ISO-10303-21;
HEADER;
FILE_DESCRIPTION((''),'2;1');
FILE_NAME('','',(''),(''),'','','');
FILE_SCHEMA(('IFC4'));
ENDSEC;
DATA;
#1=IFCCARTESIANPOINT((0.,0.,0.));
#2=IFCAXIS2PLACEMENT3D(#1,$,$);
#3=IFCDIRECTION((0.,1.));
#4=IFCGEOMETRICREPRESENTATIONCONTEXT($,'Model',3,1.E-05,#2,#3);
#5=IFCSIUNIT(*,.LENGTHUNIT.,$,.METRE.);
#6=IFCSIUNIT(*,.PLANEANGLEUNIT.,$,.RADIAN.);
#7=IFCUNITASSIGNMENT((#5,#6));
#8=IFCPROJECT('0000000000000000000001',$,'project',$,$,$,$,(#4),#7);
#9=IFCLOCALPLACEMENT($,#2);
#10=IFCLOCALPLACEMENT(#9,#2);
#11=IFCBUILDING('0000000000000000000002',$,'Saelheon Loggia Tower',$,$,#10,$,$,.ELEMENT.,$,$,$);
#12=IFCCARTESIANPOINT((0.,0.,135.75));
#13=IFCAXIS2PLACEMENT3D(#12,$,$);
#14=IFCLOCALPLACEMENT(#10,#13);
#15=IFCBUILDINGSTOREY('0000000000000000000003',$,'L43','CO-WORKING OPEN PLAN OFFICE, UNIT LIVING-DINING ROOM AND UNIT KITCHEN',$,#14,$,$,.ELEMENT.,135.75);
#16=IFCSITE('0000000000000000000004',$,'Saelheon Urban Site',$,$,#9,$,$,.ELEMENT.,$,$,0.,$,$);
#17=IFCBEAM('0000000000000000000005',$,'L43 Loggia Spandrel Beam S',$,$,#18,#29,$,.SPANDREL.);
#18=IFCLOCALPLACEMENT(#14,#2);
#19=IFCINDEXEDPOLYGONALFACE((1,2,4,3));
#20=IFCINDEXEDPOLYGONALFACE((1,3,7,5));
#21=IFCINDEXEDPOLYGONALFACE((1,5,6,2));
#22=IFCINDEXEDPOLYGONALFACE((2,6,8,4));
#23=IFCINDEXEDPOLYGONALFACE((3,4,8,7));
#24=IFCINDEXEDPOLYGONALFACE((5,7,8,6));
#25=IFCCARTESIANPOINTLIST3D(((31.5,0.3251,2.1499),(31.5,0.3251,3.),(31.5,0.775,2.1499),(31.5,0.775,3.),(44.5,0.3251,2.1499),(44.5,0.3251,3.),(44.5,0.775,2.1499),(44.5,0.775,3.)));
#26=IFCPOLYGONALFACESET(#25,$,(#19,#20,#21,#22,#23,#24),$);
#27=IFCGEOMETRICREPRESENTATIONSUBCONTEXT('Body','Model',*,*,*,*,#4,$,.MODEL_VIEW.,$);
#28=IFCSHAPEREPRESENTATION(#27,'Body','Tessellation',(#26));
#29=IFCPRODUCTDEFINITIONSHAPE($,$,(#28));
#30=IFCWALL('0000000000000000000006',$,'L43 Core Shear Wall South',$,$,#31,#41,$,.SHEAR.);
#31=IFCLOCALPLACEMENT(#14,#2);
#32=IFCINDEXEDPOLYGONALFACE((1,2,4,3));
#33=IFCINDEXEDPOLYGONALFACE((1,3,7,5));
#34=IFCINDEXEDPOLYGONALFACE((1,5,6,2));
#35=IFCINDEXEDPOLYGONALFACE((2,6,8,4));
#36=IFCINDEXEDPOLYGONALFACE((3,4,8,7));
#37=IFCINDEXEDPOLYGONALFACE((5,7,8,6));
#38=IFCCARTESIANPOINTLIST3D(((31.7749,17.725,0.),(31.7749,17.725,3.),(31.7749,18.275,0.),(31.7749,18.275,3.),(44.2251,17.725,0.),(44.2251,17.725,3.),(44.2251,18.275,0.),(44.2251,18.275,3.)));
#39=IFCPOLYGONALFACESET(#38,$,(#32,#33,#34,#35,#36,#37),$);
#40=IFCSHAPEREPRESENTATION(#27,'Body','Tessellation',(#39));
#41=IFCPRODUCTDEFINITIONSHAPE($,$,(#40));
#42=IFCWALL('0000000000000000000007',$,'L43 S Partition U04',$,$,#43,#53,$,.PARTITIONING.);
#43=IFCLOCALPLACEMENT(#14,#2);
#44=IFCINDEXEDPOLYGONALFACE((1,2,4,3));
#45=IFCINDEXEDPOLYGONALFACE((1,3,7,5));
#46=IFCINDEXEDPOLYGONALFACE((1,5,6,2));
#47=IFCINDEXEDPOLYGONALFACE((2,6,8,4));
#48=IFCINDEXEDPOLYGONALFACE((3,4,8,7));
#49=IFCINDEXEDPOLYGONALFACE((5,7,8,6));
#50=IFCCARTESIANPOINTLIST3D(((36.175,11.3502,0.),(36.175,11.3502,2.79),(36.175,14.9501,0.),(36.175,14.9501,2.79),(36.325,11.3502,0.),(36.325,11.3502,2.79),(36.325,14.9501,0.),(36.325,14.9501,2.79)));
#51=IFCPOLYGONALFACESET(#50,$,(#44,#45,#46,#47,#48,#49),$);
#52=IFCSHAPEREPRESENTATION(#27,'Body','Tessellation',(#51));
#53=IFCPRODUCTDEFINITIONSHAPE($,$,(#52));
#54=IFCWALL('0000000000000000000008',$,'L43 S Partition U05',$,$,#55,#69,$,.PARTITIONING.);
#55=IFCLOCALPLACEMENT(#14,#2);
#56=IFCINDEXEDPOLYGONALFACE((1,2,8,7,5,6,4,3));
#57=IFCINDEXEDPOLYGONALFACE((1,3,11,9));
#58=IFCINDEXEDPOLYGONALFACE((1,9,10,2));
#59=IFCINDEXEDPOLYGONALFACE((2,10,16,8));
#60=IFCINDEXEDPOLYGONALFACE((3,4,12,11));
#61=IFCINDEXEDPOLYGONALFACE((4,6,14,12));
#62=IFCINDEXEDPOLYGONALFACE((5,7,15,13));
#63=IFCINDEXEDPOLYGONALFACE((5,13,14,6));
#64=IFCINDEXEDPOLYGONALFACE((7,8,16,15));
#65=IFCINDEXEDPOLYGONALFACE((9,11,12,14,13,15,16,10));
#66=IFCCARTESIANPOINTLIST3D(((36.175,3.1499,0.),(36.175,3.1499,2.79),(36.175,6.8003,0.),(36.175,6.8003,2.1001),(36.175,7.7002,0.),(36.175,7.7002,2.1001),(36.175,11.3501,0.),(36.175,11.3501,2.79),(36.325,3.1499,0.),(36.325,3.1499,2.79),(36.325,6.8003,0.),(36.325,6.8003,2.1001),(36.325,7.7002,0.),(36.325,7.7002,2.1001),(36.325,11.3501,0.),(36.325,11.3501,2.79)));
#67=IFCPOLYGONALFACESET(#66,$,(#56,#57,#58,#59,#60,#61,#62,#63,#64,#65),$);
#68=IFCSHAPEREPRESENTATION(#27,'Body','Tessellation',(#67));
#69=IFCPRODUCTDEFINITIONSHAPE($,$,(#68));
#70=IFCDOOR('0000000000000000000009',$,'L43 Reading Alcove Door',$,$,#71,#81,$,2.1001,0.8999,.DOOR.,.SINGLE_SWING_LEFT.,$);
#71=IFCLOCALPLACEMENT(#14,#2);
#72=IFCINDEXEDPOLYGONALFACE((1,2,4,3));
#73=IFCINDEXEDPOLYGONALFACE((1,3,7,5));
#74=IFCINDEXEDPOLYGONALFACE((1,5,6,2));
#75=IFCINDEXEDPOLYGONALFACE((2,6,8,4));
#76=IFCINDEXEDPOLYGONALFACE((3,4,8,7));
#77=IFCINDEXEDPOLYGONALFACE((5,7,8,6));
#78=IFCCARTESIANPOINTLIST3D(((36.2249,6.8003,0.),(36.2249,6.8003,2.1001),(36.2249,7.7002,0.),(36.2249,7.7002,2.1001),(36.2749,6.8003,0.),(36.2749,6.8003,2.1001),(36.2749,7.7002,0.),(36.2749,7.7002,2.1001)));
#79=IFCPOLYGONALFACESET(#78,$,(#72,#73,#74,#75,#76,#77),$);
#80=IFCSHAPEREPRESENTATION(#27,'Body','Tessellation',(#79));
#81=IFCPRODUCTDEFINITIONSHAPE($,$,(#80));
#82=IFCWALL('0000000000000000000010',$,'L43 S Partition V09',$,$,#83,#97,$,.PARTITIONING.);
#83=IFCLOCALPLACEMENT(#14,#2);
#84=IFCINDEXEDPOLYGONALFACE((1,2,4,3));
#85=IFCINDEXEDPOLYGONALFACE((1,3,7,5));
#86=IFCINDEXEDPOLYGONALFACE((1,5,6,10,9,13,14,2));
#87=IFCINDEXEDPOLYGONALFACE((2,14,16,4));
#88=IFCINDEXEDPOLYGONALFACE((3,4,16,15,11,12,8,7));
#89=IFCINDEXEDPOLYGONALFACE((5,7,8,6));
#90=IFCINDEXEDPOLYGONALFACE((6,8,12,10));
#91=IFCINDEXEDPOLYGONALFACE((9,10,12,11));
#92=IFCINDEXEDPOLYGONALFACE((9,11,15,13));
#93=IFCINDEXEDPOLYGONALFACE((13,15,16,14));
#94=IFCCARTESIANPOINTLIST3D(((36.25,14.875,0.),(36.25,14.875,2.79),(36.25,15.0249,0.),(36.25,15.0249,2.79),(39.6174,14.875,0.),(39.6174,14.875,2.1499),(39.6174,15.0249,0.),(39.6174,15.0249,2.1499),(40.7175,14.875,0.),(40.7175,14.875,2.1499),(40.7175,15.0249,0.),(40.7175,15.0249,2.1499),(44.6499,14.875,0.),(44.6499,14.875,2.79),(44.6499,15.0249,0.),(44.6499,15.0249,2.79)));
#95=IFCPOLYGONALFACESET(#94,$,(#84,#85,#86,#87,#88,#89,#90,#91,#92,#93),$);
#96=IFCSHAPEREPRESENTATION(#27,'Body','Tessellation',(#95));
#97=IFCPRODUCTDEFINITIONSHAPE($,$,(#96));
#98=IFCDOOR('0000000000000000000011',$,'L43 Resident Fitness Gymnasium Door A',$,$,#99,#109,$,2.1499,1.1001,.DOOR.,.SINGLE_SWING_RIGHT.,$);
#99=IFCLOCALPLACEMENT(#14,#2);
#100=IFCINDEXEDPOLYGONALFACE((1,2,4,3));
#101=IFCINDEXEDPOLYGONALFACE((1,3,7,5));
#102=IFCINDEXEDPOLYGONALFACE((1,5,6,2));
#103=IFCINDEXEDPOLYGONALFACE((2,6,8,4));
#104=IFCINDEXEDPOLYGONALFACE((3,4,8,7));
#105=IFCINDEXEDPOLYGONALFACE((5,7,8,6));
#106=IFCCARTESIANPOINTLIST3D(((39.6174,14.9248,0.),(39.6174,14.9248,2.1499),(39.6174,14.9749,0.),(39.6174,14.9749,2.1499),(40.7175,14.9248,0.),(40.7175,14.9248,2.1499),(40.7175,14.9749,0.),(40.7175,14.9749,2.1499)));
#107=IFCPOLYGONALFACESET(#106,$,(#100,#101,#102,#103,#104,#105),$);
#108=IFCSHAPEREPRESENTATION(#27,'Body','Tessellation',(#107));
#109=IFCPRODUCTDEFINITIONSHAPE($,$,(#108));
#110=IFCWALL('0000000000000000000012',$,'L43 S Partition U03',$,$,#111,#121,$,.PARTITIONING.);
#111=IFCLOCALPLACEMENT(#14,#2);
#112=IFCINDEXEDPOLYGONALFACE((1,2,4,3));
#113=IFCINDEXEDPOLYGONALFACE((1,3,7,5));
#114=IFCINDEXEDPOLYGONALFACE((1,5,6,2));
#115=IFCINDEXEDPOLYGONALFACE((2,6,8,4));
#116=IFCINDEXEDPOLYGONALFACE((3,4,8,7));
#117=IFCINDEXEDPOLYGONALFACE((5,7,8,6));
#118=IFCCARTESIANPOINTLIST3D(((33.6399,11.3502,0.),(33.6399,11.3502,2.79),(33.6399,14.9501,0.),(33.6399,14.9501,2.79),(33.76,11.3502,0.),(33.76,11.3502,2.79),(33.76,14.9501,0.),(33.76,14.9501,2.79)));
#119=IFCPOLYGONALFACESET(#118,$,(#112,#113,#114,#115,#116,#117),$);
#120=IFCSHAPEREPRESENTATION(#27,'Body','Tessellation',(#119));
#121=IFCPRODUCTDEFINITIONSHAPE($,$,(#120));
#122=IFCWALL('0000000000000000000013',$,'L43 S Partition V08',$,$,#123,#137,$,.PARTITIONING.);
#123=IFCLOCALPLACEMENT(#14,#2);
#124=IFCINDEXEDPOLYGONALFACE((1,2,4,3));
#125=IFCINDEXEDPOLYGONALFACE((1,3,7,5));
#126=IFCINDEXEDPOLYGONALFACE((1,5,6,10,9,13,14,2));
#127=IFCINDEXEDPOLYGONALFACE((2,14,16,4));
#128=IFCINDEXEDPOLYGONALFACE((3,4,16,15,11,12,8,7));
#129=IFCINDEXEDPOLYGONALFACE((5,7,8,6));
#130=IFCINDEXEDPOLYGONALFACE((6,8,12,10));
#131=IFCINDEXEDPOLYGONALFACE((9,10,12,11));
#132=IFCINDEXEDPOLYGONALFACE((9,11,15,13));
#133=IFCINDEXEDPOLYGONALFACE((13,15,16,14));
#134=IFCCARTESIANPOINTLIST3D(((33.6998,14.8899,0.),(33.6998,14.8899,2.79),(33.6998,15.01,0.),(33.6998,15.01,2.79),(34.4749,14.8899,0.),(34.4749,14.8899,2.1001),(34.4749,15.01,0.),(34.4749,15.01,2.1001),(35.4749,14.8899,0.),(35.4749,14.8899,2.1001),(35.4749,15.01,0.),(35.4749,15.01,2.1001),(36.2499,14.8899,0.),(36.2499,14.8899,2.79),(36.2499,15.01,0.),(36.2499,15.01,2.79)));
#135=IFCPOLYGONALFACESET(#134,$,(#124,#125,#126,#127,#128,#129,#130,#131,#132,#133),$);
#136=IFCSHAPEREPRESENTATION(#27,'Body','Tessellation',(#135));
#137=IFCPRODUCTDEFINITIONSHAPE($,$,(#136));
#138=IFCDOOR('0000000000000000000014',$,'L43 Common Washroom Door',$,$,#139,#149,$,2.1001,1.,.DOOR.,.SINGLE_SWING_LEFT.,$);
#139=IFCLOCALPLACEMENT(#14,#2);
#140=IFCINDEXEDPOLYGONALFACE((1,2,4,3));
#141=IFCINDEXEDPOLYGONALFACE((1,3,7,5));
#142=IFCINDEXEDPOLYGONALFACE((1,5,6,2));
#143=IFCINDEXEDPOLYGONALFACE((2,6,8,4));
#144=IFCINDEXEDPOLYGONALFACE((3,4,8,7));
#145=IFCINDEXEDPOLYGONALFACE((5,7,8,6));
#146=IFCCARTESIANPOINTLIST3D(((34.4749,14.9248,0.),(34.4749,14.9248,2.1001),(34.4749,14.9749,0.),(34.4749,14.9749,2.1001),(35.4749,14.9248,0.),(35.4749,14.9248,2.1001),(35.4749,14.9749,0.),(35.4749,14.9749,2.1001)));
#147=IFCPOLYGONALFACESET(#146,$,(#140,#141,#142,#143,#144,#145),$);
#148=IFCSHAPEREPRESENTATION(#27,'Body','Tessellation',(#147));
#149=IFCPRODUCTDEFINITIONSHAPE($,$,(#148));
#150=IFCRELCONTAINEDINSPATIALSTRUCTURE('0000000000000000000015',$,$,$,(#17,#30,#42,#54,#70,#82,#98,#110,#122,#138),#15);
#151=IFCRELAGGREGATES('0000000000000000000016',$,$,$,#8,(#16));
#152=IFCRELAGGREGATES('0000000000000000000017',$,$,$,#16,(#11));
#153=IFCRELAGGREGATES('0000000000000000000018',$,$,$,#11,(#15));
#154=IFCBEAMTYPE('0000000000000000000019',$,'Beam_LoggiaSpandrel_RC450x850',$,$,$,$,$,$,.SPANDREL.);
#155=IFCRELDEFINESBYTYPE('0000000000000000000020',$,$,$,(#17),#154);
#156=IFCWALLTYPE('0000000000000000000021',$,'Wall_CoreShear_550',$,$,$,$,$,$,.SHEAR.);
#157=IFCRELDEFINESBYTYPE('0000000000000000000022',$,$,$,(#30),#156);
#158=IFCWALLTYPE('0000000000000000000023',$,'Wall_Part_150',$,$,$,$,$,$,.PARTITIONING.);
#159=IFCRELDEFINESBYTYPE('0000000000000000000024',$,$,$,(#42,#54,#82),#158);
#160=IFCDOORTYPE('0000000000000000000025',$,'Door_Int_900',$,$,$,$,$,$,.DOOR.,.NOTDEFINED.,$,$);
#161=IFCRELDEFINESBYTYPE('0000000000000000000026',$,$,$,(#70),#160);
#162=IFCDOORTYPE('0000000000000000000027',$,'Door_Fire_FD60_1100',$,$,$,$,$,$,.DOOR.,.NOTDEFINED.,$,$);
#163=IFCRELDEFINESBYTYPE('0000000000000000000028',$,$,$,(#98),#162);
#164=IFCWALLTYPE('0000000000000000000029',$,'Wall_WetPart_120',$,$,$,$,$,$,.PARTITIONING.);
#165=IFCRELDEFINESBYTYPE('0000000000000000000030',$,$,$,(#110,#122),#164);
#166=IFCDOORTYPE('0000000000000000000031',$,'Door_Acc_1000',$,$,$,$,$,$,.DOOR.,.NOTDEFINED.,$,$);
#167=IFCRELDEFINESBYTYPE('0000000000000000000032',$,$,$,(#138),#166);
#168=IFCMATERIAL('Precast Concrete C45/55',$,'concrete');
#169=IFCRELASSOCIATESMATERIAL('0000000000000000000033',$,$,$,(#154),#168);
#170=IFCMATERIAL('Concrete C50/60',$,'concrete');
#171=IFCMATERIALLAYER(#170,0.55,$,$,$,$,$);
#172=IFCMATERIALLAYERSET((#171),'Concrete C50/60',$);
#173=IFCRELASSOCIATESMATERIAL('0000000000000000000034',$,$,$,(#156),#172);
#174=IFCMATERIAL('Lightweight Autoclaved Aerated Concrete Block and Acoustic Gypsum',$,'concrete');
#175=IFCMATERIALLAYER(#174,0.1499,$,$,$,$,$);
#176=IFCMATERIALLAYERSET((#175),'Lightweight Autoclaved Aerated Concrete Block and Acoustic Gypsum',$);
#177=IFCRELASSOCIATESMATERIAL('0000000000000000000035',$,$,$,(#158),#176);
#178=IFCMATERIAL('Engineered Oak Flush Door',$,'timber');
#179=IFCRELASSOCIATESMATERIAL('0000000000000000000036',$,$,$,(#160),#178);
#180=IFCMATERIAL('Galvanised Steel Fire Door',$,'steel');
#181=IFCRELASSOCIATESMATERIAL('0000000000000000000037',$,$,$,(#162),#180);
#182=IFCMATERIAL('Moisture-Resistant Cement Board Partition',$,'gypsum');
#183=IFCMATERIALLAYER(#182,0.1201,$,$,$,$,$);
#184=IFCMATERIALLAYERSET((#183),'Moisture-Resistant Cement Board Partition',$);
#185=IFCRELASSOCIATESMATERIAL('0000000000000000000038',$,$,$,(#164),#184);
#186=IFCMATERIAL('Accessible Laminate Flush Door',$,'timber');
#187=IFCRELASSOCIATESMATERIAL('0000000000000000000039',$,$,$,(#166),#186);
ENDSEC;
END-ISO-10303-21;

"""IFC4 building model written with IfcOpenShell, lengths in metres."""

from ifc_helpers import new_model, si_unit, direction, frame, frame_2d, origin, origin_2d, place, context, subcontext, project, spatial, rectangle, extrude, source, transform, mapped, material, layer, layer_set, material_profile, profile_set, type_object, element, fill, save


model = new_model("IFC4")

# Units and contexts
model_context = context("Model", 3, precision=1e-05, world=origin(), true_north=direction((0.0, 1.0)))
body_context = subcontext(model_context, "Body", "Model", "MODEL_VIEW")
ifc_project = project(units=[si_unit("LENGTHUNIT", "METRE"), si_unit("PLANEANGLEUNIT", "RADIAN")], contexts=[model_context])

# Site, building, storey
site_placement = place(None, origin())
site = spatial("IfcSite", under=ifc_project, at=site_placement, Name="Saelheon Urban Site", CompositionType="ELEMENT", RefElevation=0.0)
building_placement = place(site_placement, origin())
building = spatial("IfcBuilding", under=site, at=building_placement, Name="Saelheon Loggia Tower", CompositionType="ELEMENT")
storey_placement = place(building_placement, frame((0.0, 0.0, 135.75)))
storey = spatial("IfcBuildingStorey", under=building, at=storey_placement, Name="L43", Description="CO-WORKING OPEN PLAN OFFICE, UNIT LIVING-DINING ROOM AND UNIT KITCHEN", CompositionType="ELEMENT", Elevation=135.75)

# Beam
ifc_material_1 = material(Name="Precast Concrete C45/55", Category="concrete")
ifc_material_profile = material_profile(ifc_material_1, rectangle(XDim=0.45, YDim=0.8501, at=origin_2d()), Name="RC-450x850")
ifc_profile_set = profile_set([ifc_material_profile], Name="Precast Concrete C45/55")
beam_type = type_object("IfcBeamType", Name="Beam_LoggiaSpandrel_RC450x850", PredefinedType="SPANDREL", material=ifc_profile_set)
shared_shape_1 = source(origin(), body_context, "Body", "SweptSolid", [
    extrude(rectangle(XDim=0.45, YDim=0.8501, at=origin_2d()), origin(), (0.0, 0.0, 1.0), 13.0),
])
beam_placement = place(storey_placement, frame((31.5, 0.55, 2.575), z_axis=(1.0, 0.0, 0.0), x_axis=(0.0, 1.0, 0.0)))
element("IfcBeam", 1, at=beam_placement, inside=storey, type_object=beam_type, Name="L43 Loggia Spandrel Beam S", PredefinedType="SPANDREL", context=body_context, shape_type="MappedRepresentation", body=[
    mapped(shared_shape_1, transform((0.0, 0.0, 0.0), scale=1.0)),
])

# Walls
ifc_material_2 = material(Name="Concrete C50/60", Category="concrete")
ifc_layer_1 = layer(ifc_material_2, 0.55)
ifc_layer_set_1 = layer_set([ifc_layer_1], Name="Concrete C50/60")
wall_type_1 = type_object("IfcWallType", Name="Wall_CoreShear_550", PredefinedType="SHEAR", material=ifc_layer_set_1)
wall_1_placement = place(storey_placement, frame((31.7749, 18.0, 0.0), z_axis=(0.0, 0.0, 1.0), x_axis=(1.0, 0.0, 0.0)))
element("IfcWall", 2, at=wall_1_placement, inside=storey, type_object=wall_type_1, Name="L43 Core Shear Wall South", PredefinedType="SHEAR", context=body_context, shape_type="SweptSolid", body=[
    extrude(rectangle(XDim=12.4502, YDim=0.55, at=frame_2d((6.2251, 0.0))), origin(), (0.0, 0.0, 1.0), 3.0),
])
ifc_material_3 = material(Name="Lightweight Autoclaved Aerated Concrete Block and Acoustic Gypsum", Category="concrete")
ifc_layer_2 = layer(ifc_material_3, 0.1499)
ifc_layer_set_2 = layer_set([ifc_layer_2], Name="Lightweight Autoclaved Aerated Concrete Block and Acoustic Gypsum")
wall_type_2 = type_object("IfcWallType", Name="Wall_Part_150", PredefinedType="PARTITIONING", material=ifc_layer_set_2)
wall_2_placement = place(storey_placement, frame((36.25, 14.95, 0.0), z_axis=(0.0, 0.0, 1.0), x_axis=(0.0, -1.0, 0.0)))
element("IfcWall", 3, at=wall_2_placement, inside=storey, type_object=wall_type_2, Name="L43 S Partition U04", PredefinedType="PARTITIONING", context=body_context, shape_type="SweptSolid", body=[
    extrude(rectangle(XDim=3.5999, YDim=0.1499, at=frame_2d((1.7998, 0.0))), origin(), (0.0, 0.0, 1.0), 2.79),
])

# Walls, openings, doors
wall_3_placement = place(storey_placement, frame((36.25, 11.3501, 0.0), z_axis=(0.0, 0.0, 1.0), x_axis=(0.0, -1.0, 0.0)))
wall_3 = element("IfcWall", 4, at=wall_3_placement, inside=storey, type_object=wall_type_2, Name="L43 S Partition U05", PredefinedType="PARTITIONING", context=body_context, shape_type="SweptSolid", body=[
    extrude(rectangle(XDim=8.2002, YDim=0.1499, at=frame_2d((4.1001, 0.0))), origin(), (0.0, 0.0, 1.0), 2.79),
])
opening_1_placement = place(wall_3_placement, frame((3.6499, 0.0, 0.0)))
opening_1 = element("IfcOpeningElement", 5, at=opening_1_placement, cuts=wall_3, PredefinedType="OPENING", context=body_context, shape_type="SweptSolid", body=[
    extrude(rectangle(XDim=0.8999, YDim=2.1001, at=frame_2d((0.45, 1.05))), frame((0.0, 0.0869, 0.0), z_axis=(0.0, -1.0, 0.0), x_axis=(1.0, 0.0, 0.0)), (0.0, 0.0, 1.0), 0.1738),
])
ifc_material_4 = material(Name="Engineered Oak Flush Door", Category="timber")
door_type_1 = type_object("IfcDoorType", Name="Door_Int_900", OperationType="NOTDEFINED", PredefinedType="DOOR", material=ifc_material_4)
shared_shape_2 = source(origin(), body_context, "Body", "SweptSolid", [
    extrude(rectangle(XDim=0.8999, YDim=2.1001, at=frame_2d((0.45, 1.05))), frame((0.0, 0.0249, 0.0), z_axis=(0.0, -1.0, 0.0), x_axis=(1.0, 0.0, 0.0)), (0.0, 0.0, 1.0), 0.05),
])
door_1_placement = place(opening_1_placement, origin())
door_1 = element("IfcDoor", 6, at=door_1_placement, inside=storey, type_object=door_type_1, Name="L43 Reading Alcove Door", OperationType="SINGLE_SWING_LEFT", OverallHeight=2.1001, OverallWidth=0.8999, PredefinedType="DOOR", context=body_context, shape_type="MappedRepresentation", body=[
    mapped(shared_shape_2, transform((0.0, 0.0, 0.0), scale=1.0)),
])
fill(opening_1, door_1)
wall_4_placement = place(storey_placement, frame((36.25, 14.95, 0.0), z_axis=(0.0, 0.0, 1.0), x_axis=(1.0, 0.0, 0.0)))
wall_4 = element("IfcWall", 7, at=wall_4_placement, inside=storey, type_object=wall_type_2, Name="L43 S Partition V09", PredefinedType="PARTITIONING", context=body_context, shape_type="SweptSolid", body=[
    extrude(rectangle(XDim=8.3999, YDim=0.1499, at=frame_2d((4.2, 0.0))), origin(), (0.0, 0.0, 1.0), 2.79),
])
opening_2_placement = place(wall_4_placement, frame((3.3674, 0.0, 0.0)))
opening_2 = element("IfcOpeningElement", 8, at=opening_2_placement, cuts=wall_4, PredefinedType="OPENING", context=body_context, shape_type="SweptSolid", body=[
    extrude(rectangle(XDim=1.1001, YDim=2.1499, at=frame_2d((0.55, 1.075))), frame((0.0, 0.0869, 0.0), z_axis=(0.0, -1.0, 0.0), x_axis=(1.0, 0.0, 0.0)), (0.0, 0.0, 1.0), 0.1738),
])
ifc_material_5 = material(Name="Galvanised Steel Fire Door", Category="steel")
door_type_2 = type_object("IfcDoorType", Name="Door_Fire_FD60_1100", OperationType="NOTDEFINED", PredefinedType="DOOR", material=ifc_material_5)
shared_shape_3 = source(origin(), body_context, "Body", "SweptSolid", [
    extrude(rectangle(XDim=1.1001, YDim=2.1499, at=frame_2d((0.55, 1.075))), frame((0.0, 0.0249, 0.0), z_axis=(0.0, -1.0, 0.0), x_axis=(1.0, 0.0, 0.0)), (0.0, 0.0, 1.0), 0.05),
])
door_2_placement = place(opening_2_placement, origin())
door_2 = element("IfcDoor", 9, at=door_2_placement, inside=storey, type_object=door_type_2, Name="L43 Resident Fitness Gymnasium Door A", OperationType="SINGLE_SWING_RIGHT", OverallHeight=2.1499, OverallWidth=1.1001, PredefinedType="DOOR", context=body_context, shape_type="MappedRepresentation", body=[
    mapped(shared_shape_3, transform((0.0, 0.0, 0.0), scale=1.0)),
])
fill(opening_2, door_2)

# Wall
ifc_material_6 = material(Name="Moisture-Resistant Cement Board Partition", Category="gypsum")
ifc_layer_3 = layer(ifc_material_6, 0.1201)
ifc_layer_set_3 = layer_set([ifc_layer_3], Name="Moisture-Resistant Cement Board Partition")
wall_type_3 = type_object("IfcWallType", Name="Wall_WetPart_120", PredefinedType="PARTITIONING", material=ifc_layer_set_3)
wall_5_placement = place(storey_placement, frame((33.7, 14.95, 0.0), z_axis=(0.0, 0.0, 1.0), x_axis=(0.0, -1.0, 0.0)))
element("IfcWall", 10, at=wall_5_placement, inside=storey, type_object=wall_type_3, Name="L43 S Partition U03", PredefinedType="PARTITIONING", context=body_context, shape_type="SweptSolid", body=[
    extrude(rectangle(XDim=3.5999, YDim=0.1201, at=frame_2d((1.7998, 0.0))), origin(), (0.0, 0.0, 1.0), 2.79),
])

# Wall, opening, door
wall_6_placement = place(storey_placement, frame((33.7, 14.95, 0.0), z_axis=(0.0, 0.0, 1.0), x_axis=(1.0, 0.0, 0.0)))
wall_6 = element("IfcWall", 11, at=wall_6_placement, inside=storey, type_object=wall_type_3, Name="L43 S Partition V08", PredefinedType="PARTITIONING", context=body_context, shape_type="SweptSolid", body=[
    extrude(rectangle(XDim=2.55, YDim=0.1201, at=frame_2d((1.2749, 0.0))), origin(), (0.0, 0.0, 1.0), 2.79),
])
opening_3_placement = place(wall_6_placement, frame((0.7749, 0.0, 0.0)))
opening_3 = element("IfcOpeningElement", 12, at=opening_3_placement, cuts=wall_6, PredefinedType="OPENING", context=body_context, shape_type="SweptSolid", body=[
    extrude(rectangle(XDim=1.0, YDim=2.1001, at=frame_2d((0.5, 1.05))), frame((0.0, 0.072, 0.0), z_axis=(0.0, -1.0, 0.0), x_axis=(1.0, 0.0, 0.0)), (0.0, 0.0, 1.0), 0.144),
])
ifc_material_7 = material(Name="Accessible Laminate Flush Door", Category="timber")
door_type_3 = type_object("IfcDoorType", Name="Door_Acc_1000", OperationType="NOTDEFINED", PredefinedType="DOOR", material=ifc_material_7)
shared_shape_4 = source(origin(), body_context, "Body", "SweptSolid", [
    extrude(rectangle(XDim=1.0, YDim=2.1001, at=frame_2d((0.5, 1.05))), frame((0.0, 0.0249, 0.0), z_axis=(0.0, -1.0, 0.0), x_axis=(1.0, 0.0, 0.0)), (0.0, 0.0, 1.0), 0.05),
])
door_3_placement = place(opening_3_placement, origin())
door_3 = element("IfcDoor", 13, at=door_3_placement, inside=storey, type_object=door_type_3, Name="L43 Common Washroom Door", OperationType="SINGLE_SWING_LEFT", OverallHeight=2.1001, OverallWidth=1.0, PredefinedType="DOOR", context=body_context, shape_type="MappedRepresentation", body=[
    mapped(shared_shape_4, transform((0.0, 0.0, 0.0), scale=1.0)),
])
fill(opening_3, door_3)

save(model, "model.ifc")
